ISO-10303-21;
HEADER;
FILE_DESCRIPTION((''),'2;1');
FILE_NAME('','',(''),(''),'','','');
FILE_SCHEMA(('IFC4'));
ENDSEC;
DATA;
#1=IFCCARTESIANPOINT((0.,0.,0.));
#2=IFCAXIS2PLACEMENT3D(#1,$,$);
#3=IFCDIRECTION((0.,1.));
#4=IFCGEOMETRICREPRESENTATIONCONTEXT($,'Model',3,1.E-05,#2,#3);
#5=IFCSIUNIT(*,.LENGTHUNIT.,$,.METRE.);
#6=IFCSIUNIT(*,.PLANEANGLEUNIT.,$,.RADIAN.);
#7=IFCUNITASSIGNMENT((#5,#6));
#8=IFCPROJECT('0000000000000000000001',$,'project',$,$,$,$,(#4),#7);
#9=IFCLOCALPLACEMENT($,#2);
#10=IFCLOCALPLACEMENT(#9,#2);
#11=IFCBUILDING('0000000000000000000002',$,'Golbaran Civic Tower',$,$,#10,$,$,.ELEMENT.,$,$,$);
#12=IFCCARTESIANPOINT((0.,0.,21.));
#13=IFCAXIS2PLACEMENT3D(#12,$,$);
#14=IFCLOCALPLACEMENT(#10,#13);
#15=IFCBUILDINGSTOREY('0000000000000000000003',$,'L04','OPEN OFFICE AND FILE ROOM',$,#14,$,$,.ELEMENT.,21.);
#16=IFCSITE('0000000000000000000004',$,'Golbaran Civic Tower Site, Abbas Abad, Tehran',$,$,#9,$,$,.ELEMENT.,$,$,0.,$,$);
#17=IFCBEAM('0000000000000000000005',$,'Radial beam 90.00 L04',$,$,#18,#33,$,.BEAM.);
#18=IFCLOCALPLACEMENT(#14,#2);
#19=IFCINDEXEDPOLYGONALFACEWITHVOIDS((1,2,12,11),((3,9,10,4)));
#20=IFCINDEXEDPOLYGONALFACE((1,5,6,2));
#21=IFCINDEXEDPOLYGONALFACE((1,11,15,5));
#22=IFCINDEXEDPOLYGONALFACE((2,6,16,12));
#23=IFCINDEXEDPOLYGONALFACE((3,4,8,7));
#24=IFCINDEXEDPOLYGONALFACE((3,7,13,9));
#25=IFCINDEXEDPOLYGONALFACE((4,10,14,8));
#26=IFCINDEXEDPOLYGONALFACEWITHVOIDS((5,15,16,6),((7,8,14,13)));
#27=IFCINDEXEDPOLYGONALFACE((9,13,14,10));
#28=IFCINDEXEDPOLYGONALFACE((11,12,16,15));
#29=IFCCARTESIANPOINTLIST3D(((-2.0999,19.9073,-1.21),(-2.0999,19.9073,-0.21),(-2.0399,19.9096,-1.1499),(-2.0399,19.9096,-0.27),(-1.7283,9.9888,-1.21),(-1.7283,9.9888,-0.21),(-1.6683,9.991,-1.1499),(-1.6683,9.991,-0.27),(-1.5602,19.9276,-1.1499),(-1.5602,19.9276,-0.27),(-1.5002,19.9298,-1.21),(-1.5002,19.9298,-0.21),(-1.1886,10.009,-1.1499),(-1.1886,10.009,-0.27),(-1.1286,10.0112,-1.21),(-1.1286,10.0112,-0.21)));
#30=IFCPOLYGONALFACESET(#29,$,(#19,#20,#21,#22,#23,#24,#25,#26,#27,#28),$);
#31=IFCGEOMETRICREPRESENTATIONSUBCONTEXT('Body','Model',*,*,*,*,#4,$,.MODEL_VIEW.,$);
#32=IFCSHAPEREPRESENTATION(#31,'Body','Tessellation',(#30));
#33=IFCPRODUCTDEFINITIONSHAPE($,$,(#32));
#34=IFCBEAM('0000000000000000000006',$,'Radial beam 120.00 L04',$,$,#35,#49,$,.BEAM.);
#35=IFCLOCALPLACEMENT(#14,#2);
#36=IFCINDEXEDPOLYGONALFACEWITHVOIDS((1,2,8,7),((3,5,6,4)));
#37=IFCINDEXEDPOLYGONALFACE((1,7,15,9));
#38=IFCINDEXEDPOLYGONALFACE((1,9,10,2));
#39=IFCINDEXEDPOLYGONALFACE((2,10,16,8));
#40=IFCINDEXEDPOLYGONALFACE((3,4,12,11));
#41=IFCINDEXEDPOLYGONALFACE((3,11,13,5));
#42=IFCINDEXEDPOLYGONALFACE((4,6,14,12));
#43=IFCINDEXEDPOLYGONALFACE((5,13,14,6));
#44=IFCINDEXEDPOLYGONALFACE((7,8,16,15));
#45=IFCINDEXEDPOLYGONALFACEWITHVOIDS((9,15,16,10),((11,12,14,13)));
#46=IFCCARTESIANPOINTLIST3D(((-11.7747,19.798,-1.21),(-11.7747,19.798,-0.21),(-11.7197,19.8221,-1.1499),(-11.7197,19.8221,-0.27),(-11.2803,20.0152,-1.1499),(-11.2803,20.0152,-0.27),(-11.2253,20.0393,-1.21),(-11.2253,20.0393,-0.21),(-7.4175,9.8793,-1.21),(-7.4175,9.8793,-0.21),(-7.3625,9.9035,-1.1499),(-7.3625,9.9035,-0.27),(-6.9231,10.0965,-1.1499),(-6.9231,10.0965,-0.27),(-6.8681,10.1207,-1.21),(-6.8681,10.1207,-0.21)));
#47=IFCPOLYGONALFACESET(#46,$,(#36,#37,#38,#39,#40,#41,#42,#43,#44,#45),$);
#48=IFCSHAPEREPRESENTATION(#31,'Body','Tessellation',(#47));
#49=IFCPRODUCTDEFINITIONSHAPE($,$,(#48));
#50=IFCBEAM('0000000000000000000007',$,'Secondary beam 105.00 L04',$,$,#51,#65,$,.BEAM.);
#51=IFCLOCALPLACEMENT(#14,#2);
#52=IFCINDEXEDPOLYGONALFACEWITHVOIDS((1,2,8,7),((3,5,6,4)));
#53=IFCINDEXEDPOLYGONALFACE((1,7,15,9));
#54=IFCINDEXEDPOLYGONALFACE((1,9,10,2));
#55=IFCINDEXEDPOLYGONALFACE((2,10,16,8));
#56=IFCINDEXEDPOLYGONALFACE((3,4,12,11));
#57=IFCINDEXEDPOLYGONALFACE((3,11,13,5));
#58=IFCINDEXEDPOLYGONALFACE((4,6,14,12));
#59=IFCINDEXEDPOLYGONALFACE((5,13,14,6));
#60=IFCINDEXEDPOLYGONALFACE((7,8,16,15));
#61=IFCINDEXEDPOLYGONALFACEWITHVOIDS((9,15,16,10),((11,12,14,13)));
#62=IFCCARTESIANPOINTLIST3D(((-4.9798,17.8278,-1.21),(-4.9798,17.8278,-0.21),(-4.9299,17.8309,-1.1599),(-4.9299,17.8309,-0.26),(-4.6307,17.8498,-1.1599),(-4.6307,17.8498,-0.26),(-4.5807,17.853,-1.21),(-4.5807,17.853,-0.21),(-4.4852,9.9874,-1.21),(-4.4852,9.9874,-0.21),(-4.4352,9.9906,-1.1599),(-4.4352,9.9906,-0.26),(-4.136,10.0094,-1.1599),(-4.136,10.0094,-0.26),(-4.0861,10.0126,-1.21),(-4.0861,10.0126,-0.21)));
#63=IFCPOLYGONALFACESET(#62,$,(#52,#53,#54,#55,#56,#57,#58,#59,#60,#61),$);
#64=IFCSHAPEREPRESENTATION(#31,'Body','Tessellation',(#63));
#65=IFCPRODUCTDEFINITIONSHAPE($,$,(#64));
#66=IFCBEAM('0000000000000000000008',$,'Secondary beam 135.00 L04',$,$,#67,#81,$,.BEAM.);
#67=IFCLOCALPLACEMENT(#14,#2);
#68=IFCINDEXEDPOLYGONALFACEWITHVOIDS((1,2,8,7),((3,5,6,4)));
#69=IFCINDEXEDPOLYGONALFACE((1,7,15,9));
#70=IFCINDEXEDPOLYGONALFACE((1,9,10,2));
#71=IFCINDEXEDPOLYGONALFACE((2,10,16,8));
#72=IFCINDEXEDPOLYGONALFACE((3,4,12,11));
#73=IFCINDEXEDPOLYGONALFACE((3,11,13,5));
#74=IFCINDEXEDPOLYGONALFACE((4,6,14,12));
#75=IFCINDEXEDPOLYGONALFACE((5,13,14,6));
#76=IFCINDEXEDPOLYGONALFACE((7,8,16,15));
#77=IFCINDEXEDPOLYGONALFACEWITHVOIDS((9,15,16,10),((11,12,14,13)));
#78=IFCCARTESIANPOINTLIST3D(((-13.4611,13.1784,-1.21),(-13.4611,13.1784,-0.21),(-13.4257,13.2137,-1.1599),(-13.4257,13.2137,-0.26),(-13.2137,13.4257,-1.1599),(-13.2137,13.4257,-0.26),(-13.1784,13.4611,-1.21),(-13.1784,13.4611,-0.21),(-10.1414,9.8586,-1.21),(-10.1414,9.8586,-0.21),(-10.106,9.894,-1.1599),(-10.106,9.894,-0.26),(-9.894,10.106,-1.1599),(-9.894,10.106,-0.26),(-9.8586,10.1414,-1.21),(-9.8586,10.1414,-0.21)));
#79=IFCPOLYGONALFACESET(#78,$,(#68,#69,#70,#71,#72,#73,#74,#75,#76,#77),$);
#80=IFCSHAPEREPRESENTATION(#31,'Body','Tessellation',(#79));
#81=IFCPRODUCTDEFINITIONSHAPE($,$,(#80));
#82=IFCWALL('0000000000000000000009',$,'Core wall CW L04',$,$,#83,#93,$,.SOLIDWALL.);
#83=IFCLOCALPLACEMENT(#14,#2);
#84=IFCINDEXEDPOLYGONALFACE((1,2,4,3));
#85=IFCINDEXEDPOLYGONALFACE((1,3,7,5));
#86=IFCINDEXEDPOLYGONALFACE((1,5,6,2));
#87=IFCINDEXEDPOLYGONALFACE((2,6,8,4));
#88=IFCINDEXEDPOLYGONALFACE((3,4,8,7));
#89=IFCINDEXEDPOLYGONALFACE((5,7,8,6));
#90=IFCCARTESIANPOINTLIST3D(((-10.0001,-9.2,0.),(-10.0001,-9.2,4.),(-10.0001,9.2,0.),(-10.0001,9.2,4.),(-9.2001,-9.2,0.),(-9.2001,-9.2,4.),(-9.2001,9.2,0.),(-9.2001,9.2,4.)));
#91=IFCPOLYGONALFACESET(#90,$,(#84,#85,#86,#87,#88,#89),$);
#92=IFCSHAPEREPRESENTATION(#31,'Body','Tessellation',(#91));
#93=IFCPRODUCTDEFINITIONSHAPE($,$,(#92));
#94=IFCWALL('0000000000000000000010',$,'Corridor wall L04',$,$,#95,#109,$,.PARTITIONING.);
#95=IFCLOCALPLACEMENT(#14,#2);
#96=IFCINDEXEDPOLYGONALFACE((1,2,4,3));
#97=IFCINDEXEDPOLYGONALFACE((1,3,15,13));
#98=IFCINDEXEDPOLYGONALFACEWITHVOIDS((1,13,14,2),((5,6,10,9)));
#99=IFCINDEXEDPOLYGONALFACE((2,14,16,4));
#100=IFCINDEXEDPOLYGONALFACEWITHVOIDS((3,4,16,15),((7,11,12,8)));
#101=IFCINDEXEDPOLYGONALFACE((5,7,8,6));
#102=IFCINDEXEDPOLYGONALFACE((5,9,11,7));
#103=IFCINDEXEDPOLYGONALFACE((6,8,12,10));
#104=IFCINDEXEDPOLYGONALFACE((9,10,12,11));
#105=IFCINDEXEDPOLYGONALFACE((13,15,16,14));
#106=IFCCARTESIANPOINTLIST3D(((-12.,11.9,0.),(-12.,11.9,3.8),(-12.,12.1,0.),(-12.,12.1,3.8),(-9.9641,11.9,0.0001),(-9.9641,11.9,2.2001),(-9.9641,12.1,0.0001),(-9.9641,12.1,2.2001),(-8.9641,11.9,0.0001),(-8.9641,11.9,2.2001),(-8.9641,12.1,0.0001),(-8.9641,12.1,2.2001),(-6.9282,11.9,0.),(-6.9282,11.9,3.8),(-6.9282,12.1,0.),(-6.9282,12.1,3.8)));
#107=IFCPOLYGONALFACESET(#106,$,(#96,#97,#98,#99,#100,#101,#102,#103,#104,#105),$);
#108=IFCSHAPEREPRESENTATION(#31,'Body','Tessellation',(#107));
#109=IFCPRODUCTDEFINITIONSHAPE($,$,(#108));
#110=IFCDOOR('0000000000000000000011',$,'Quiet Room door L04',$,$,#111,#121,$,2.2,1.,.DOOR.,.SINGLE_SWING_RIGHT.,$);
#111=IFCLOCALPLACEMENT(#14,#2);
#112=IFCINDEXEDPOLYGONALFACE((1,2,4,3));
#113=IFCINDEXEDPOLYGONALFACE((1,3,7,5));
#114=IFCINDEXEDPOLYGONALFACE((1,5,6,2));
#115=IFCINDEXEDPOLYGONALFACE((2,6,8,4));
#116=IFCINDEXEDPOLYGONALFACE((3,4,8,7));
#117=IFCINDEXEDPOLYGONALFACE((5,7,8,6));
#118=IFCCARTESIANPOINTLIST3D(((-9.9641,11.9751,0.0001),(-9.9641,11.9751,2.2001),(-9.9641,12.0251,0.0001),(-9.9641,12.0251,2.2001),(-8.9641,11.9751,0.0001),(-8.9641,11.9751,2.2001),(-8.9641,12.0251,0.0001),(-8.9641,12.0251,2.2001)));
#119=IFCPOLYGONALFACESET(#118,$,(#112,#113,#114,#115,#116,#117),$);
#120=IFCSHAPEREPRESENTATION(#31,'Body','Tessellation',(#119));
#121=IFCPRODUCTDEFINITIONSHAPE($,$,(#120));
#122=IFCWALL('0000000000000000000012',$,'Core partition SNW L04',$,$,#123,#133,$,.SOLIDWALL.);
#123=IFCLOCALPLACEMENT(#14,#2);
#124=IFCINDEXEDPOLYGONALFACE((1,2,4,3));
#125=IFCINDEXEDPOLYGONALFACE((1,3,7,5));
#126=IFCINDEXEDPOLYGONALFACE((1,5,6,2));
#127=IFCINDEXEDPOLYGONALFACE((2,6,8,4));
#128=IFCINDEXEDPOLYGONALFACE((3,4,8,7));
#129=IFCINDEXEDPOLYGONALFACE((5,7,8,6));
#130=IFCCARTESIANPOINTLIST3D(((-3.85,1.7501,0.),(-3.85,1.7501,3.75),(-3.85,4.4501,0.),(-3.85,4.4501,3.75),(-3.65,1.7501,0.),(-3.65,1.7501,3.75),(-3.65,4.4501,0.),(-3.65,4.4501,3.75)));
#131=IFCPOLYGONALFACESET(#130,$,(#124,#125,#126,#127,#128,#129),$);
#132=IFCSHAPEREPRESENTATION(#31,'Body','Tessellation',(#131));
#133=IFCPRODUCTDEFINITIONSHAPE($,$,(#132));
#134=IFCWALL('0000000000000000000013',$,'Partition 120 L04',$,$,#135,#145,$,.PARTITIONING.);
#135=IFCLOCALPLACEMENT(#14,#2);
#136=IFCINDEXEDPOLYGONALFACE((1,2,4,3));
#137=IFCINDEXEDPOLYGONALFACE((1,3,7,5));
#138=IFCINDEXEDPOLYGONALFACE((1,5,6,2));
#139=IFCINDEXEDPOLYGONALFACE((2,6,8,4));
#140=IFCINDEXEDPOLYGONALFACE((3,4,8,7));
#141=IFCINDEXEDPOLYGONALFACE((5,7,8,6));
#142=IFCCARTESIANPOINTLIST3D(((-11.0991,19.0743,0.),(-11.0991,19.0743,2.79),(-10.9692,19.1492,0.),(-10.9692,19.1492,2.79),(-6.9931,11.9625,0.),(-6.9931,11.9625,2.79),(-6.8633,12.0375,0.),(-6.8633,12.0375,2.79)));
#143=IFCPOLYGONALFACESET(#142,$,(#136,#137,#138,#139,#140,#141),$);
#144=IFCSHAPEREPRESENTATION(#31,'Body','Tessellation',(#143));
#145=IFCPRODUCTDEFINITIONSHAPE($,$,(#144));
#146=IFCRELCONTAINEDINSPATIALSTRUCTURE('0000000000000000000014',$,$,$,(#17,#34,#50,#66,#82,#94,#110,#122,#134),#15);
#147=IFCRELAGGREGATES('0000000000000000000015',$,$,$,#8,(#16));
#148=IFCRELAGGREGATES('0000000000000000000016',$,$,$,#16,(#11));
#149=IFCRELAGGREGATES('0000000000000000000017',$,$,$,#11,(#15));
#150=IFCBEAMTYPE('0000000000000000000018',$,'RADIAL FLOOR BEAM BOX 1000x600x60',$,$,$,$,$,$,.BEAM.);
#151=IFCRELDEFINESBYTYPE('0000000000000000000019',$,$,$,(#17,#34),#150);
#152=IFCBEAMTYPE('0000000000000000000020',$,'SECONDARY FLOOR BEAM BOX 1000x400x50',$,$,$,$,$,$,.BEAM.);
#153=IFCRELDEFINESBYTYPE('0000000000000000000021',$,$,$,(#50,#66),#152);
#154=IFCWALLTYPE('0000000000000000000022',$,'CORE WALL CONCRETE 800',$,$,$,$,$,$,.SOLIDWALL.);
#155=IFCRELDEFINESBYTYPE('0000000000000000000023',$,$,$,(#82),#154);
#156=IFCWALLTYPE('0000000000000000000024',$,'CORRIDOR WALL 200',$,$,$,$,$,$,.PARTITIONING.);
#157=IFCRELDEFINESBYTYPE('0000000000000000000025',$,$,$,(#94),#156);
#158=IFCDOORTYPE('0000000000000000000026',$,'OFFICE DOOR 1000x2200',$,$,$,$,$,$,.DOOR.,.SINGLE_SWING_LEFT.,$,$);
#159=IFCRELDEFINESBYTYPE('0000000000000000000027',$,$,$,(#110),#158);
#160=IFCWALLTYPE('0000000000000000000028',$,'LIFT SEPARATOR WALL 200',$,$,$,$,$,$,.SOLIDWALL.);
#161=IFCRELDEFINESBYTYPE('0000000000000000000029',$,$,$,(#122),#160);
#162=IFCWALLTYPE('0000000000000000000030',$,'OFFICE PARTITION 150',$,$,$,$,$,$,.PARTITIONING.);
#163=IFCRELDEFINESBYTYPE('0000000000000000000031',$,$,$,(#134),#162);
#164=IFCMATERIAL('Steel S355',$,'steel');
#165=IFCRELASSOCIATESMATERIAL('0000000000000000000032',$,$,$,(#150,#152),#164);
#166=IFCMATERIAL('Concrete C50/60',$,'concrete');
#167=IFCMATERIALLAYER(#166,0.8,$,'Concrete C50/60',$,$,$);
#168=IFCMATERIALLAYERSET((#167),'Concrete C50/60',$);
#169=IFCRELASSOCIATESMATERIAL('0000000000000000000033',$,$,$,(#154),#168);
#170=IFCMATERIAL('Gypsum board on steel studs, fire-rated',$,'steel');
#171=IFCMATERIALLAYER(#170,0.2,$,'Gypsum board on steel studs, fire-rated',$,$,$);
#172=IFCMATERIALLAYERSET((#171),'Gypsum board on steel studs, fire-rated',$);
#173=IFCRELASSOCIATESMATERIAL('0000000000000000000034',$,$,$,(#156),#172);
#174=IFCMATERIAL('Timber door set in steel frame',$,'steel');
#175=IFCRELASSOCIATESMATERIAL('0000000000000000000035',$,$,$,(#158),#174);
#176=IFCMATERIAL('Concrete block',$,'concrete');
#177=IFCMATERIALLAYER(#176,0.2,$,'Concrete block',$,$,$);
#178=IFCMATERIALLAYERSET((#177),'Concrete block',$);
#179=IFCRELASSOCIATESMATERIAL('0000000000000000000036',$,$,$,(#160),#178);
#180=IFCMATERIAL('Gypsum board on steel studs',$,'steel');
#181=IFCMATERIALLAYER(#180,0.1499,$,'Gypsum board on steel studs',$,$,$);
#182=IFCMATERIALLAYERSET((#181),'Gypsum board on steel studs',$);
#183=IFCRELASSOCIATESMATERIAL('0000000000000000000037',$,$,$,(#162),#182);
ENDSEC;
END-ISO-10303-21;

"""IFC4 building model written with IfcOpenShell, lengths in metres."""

from ifc_helpers import new_model, si_unit, direction, frame, frame_2d, origin, origin_2d, place, context, subcontext, project, spatial, rectangle, hollow_rectangle, extrude, material, layer, layer_set, material_profile, profile_set, type_object, element, fill, save


model = new_model("IFC4")

# Units and contexts
model_context = context("Model", 3, precision=1e-05, world=origin(), true_north=direction((0.0, 1.0)))
body_context = subcontext(model_context, "Body", "Model", "MODEL_VIEW")
ifc_project = project(units=[si_unit("LENGTHUNIT", "METRE"), si_unit("PLANEANGLEUNIT", "RADIAN")], contexts=[model_context])

# Site, building, storey
site_placement = place(None, origin())
site = spatial("IfcSite", under=ifc_project, at=site_placement, Name="Golbaran Civic Tower Site, Abbas Abad, Tehran", CompositionType="ELEMENT", RefElevation=0.0)
building_placement = place(site_placement, origin())
building = spatial("IfcBuilding", under=site, at=building_placement, Name="Golbaran Civic Tower", CompositionType="ELEMENT")
storey_placement = place(building_placement, frame((0.0, 0.0, 21.0)))
storey = spatial("IfcBuildingStorey", under=building, at=storey_placement, Name="L04", Description="OPEN OFFICE AND FILE ROOM", CompositionType="ELEMENT", Elevation=21.0)

# Beams
ifc_material_1 = material(Name="Steel S355", Category="steel")
ifc_material_profile_1 = material_profile(ifc_material_1, hollow_rectangle(XDim=0.6001, YDim=1.0, WallThickness=0.0601, at=origin_2d()), Name="BOX 1000x600x60")
ifc_profile_set_1 = profile_set([ifc_material_profile_1], Name="Steel S355")
beam_type_1 = type_object("IfcBeamType", Name="RADIAL FLOOR BEAM BOX 1000x600x60", PredefinedType="BEAM", material=ifc_profile_set_1)
beam_1_placement = place(storey_placement, frame((-1.4285, 10.0, -0.71), z_axis=(-0.037437, 0.999299, 0.0), x_axis=(-0.999299, -0.037437, 0.0)))
element("IfcBeam", 1, at=beam_1_placement, inside=storey, type_object=beam_type_1, Name="Radial beam 90.00 L04", PredefinedType="BEAM", context=body_context, shape_type="SweptSolid", body=[
    extrude(hollow_rectangle(XDim=0.6001, YDim=1.0, WallThickness=0.0601, at=origin_2d()), origin(), (0.0, 0.0, 1.0), 9.9255),
])
beam_2_placement = place(storey_placement, frame((-7.1428, 10.0, -0.71), z_axis=(-0.402193, 0.915555, 0.0), x_axis=(-0.915555, -0.402193, 0.0)))
element("IfcBeam", 2, at=beam_2_placement, inside=storey, type_object=beam_type_1, Name="Radial beam 120.00 L04", PredefinedType="BEAM", context=body_context, shape_type="SweptSolid", body=[
    extrude(hollow_rectangle(XDim=0.6001, YDim=1.0, WallThickness=0.0601, at=origin_2d()), origin(), (0.0, 0.0, 1.0), 10.8335),
])
ifc_material_profile_2 = material_profile(ifc_material_1, hollow_rectangle(XDim=0.3999, YDim=1.0, WallThickness=0.05, at=origin_2d()), Name="BOX 1000x400x50")
ifc_profile_set_2 = profile_set([ifc_material_profile_2], Name="Steel S355")
beam_type_2 = type_object("IfcBeamType", Name="SECONDARY FLOOR BEAM BOX 1000x400x50", PredefinedType="BEAM", material=ifc_profile_set_2)
beam_3_placement = place(storey_placement, frame((-4.2856, 10.0, -0.71), z_axis=(-0.062963, 0.998016, 0.0), x_axis=(-0.998016, -0.062963, 0.0)))
element("IfcBeam", 3, at=beam_3_placement, inside=storey, type_object=beam_type_2, Name="Secondary beam 105.00 L04", PredefinedType="BEAM", context=body_context, shape_type="SweptSolid", body=[
    extrude(hollow_rectangle(XDim=0.3999, YDim=1.0, WallThickness=0.05, at=origin_2d()), origin(), (0.0, 0.0, 1.0), 7.856),
])
beam_4_placement = place(storey_placement, frame((-10.0, 10.0, -0.71), z_axis=(-0.707107, 0.707107, 0.0), x_axis=(-0.707107, -0.707107, 0.0)))
element("IfcBeam", 4, at=beam_4_placement, inside=storey, type_object=beam_type_2, Name="Secondary beam 135.00 L04", PredefinedType="BEAM", context=body_context, shape_type="SweptSolid", body=[
    extrude(hollow_rectangle(XDim=0.3999, YDim=1.0, WallThickness=0.05, at=origin_2d()), origin(), (0.0, 0.0, 1.0), 4.6948),
])

# Wall
ifc_material_2 = material(Name="Concrete C50/60", Category="concrete")
ifc_layer_1 = layer(ifc_material_2, 0.8, Name="Concrete C50/60")
ifc_layer_set_1 = layer_set([ifc_layer_1], Name="Concrete C50/60")
wall_type_1 = type_object("IfcWallType", Name="CORE WALL CONCRETE 800", PredefinedType="SOLIDWALL", material=ifc_layer_set_1)
wall_1_placement = place(storey_placement, frame((-9.6001, 9.2, 0.0), z_axis=(0.0, 0.0, 1.0), x_axis=(0.0, -1.0, 0.0)))
element("IfcWall", 5, at=wall_1_placement, inside=storey, type_object=wall_type_1, Name="Core wall CW L04", PredefinedType="SOLIDWALL", context=body_context, shape_type="SweptSolid", body=[
    extrude(rectangle(XDim=18.3999, YDim=0.8, at=frame_2d((9.2, 0.0))), origin(), (0.0, 0.0, 1.0), 4.0),
])

# Wall, opening, door
ifc_material_3 = material(Name="Gypsum board on steel studs, fire-rated", Category="steel")
ifc_layer_2 = layer(ifc_material_3, 0.2, Name="Gypsum board on steel studs, fire-rated")
ifc_layer_set_2 = layer_set([ifc_layer_2], Name="Gypsum board on steel studs, fire-rated")
wall_type_2 = type_object("IfcWallType", Name="CORRIDOR WALL 200", PredefinedType="PARTITIONING", material=ifc_layer_set_2)
wall_2_placement = place(storey_placement, frame((-6.9282, 12.0, 0.0), z_axis=(0.0, 0.0, 1.0), x_axis=(-1.0, 0.0, 0.0)))
wall_2 = element("IfcWall", 6, at=wall_2_placement, inside=storey, type_object=wall_type_2, Name="Corridor wall L04", PredefinedType="PARTITIONING", context=body_context, shape_type="SweptSolid", body=[
    extrude(rectangle(XDim=5.0718, YDim=0.2, at=frame_2d((2.5359, 0.0))), origin(), (0.0, 0.0, 1.0), 3.8),
])
opening_1_placement = place(wall_2_placement, frame((2.0359, 0.0, 0.0)))
opening_1 = element("IfcOpeningElement", 7, at=opening_1_placement, cuts=wall_2, PredefinedType="OPENING", context=body_context, shape_type="SweptSolid", body=[
    extrude(rectangle(XDim=1.0, YDim=2.2, at=frame_2d((0.5, 1.1001))), frame((0.0, 0.1099, 0.0), z_axis=(0.0, -1.0, 0.0), x_axis=(1.0, 0.0, 0.0)), (0.0, 0.0, 1.0), 0.22),
])
ifc_material_4 = material(Name="Timber door set in steel frame", Category="steel")
door_type_1 = type_object("IfcDoorType", Name="OFFICE DOOR 1000x2200", OperationType="SINGLE_SWING_LEFT", PredefinedType="DOOR", material=ifc_material_4)
door_1_placement = place(opening_1_placement, origin())
door_1 = element("IfcDoor", 8, at=door_1_placement, inside=storey, type_object=door_type_1, Name="Quiet Room door L04", OperationType="SINGLE_SWING_RIGHT", OverallHeight=2.2, OverallWidth=1.0, PredefinedType="DOOR", context=body_context, shape_type="SweptSolid", body=[
    extrude(rectangle(XDim=1.0, YDim=2.2, at=frame_2d((0.5, 1.1001))), frame((0.0, 0.0249, 0.0), z_axis=(0.0, -1.0, 0.0), x_axis=(1.0, 0.0, 0.0)), (0.0, 0.0, 1.0), 0.05),
])
fill(opening_1, door_1)

# Walls
ifc_material_5 = material(Name="Concrete block", Category="concrete")
ifc_layer_3 = layer(ifc_material_5, 0.2, Name="Concrete block")
ifc_layer_set_3 = layer_set([ifc_layer_3], Name="Concrete block")
wall_type_3 = type_object("IfcWallType", Name="LIFT SEPARATOR WALL 200", PredefinedType="SOLIDWALL", material=ifc_layer_set_3)
wall_3_placement = place(storey_placement, frame((-3.75, 1.75, 0.0), z_axis=(0.0, 0.0, 1.0), x_axis=(0.0, 1.0, 0.0)))
element("IfcWall", 9, at=wall_3_placement, inside=storey, type_object=wall_type_3, Name="Core partition SNW L04", PredefinedType="SOLIDWALL", context=body_context, shape_type="SweptSolid", body=[
    extrude(rectangle(XDim=2.7, YDim=0.2, at=frame_2d((1.3501, 0.0))), origin(), (0.0, 0.0, 1.0), 3.75),
])
ifc_material_6 = material(Name="Gypsum board on steel studs", Category="steel")
ifc_layer_4 = layer(ifc_material_6, 0.1499, Name="Gypsum board on steel studs")
ifc_layer_set_4 = layer_set([ifc_layer_4], Name="Gypsum board on steel studs")
wall_type_4 = type_object("IfcWallType", Name="OFFICE PARTITION 150", PredefinedType="PARTITIONING", material=ifc_layer_set_4)
wall_4_placement = place(storey_placement, frame((-6.9282, 12.0, 0.0), z_axis=(0.0, 0.0, 1.0), x_axis=(-0.499995, 0.866028, 0.0)))
element("IfcWall", 10, at=wall_4_placement, inside=storey, type_object=wall_type_4, Name="Partition 120 L04", PredefinedType="PARTITIONING", context=body_context, shape_type="SweptSolid", body=[
    extrude(rectangle(XDim=8.2119, YDim=0.1499, at=frame_2d((4.106, 0.0))), origin(), (0.0, 0.0, 1.0), 2.79),
])

save(model, "model.ifc")
